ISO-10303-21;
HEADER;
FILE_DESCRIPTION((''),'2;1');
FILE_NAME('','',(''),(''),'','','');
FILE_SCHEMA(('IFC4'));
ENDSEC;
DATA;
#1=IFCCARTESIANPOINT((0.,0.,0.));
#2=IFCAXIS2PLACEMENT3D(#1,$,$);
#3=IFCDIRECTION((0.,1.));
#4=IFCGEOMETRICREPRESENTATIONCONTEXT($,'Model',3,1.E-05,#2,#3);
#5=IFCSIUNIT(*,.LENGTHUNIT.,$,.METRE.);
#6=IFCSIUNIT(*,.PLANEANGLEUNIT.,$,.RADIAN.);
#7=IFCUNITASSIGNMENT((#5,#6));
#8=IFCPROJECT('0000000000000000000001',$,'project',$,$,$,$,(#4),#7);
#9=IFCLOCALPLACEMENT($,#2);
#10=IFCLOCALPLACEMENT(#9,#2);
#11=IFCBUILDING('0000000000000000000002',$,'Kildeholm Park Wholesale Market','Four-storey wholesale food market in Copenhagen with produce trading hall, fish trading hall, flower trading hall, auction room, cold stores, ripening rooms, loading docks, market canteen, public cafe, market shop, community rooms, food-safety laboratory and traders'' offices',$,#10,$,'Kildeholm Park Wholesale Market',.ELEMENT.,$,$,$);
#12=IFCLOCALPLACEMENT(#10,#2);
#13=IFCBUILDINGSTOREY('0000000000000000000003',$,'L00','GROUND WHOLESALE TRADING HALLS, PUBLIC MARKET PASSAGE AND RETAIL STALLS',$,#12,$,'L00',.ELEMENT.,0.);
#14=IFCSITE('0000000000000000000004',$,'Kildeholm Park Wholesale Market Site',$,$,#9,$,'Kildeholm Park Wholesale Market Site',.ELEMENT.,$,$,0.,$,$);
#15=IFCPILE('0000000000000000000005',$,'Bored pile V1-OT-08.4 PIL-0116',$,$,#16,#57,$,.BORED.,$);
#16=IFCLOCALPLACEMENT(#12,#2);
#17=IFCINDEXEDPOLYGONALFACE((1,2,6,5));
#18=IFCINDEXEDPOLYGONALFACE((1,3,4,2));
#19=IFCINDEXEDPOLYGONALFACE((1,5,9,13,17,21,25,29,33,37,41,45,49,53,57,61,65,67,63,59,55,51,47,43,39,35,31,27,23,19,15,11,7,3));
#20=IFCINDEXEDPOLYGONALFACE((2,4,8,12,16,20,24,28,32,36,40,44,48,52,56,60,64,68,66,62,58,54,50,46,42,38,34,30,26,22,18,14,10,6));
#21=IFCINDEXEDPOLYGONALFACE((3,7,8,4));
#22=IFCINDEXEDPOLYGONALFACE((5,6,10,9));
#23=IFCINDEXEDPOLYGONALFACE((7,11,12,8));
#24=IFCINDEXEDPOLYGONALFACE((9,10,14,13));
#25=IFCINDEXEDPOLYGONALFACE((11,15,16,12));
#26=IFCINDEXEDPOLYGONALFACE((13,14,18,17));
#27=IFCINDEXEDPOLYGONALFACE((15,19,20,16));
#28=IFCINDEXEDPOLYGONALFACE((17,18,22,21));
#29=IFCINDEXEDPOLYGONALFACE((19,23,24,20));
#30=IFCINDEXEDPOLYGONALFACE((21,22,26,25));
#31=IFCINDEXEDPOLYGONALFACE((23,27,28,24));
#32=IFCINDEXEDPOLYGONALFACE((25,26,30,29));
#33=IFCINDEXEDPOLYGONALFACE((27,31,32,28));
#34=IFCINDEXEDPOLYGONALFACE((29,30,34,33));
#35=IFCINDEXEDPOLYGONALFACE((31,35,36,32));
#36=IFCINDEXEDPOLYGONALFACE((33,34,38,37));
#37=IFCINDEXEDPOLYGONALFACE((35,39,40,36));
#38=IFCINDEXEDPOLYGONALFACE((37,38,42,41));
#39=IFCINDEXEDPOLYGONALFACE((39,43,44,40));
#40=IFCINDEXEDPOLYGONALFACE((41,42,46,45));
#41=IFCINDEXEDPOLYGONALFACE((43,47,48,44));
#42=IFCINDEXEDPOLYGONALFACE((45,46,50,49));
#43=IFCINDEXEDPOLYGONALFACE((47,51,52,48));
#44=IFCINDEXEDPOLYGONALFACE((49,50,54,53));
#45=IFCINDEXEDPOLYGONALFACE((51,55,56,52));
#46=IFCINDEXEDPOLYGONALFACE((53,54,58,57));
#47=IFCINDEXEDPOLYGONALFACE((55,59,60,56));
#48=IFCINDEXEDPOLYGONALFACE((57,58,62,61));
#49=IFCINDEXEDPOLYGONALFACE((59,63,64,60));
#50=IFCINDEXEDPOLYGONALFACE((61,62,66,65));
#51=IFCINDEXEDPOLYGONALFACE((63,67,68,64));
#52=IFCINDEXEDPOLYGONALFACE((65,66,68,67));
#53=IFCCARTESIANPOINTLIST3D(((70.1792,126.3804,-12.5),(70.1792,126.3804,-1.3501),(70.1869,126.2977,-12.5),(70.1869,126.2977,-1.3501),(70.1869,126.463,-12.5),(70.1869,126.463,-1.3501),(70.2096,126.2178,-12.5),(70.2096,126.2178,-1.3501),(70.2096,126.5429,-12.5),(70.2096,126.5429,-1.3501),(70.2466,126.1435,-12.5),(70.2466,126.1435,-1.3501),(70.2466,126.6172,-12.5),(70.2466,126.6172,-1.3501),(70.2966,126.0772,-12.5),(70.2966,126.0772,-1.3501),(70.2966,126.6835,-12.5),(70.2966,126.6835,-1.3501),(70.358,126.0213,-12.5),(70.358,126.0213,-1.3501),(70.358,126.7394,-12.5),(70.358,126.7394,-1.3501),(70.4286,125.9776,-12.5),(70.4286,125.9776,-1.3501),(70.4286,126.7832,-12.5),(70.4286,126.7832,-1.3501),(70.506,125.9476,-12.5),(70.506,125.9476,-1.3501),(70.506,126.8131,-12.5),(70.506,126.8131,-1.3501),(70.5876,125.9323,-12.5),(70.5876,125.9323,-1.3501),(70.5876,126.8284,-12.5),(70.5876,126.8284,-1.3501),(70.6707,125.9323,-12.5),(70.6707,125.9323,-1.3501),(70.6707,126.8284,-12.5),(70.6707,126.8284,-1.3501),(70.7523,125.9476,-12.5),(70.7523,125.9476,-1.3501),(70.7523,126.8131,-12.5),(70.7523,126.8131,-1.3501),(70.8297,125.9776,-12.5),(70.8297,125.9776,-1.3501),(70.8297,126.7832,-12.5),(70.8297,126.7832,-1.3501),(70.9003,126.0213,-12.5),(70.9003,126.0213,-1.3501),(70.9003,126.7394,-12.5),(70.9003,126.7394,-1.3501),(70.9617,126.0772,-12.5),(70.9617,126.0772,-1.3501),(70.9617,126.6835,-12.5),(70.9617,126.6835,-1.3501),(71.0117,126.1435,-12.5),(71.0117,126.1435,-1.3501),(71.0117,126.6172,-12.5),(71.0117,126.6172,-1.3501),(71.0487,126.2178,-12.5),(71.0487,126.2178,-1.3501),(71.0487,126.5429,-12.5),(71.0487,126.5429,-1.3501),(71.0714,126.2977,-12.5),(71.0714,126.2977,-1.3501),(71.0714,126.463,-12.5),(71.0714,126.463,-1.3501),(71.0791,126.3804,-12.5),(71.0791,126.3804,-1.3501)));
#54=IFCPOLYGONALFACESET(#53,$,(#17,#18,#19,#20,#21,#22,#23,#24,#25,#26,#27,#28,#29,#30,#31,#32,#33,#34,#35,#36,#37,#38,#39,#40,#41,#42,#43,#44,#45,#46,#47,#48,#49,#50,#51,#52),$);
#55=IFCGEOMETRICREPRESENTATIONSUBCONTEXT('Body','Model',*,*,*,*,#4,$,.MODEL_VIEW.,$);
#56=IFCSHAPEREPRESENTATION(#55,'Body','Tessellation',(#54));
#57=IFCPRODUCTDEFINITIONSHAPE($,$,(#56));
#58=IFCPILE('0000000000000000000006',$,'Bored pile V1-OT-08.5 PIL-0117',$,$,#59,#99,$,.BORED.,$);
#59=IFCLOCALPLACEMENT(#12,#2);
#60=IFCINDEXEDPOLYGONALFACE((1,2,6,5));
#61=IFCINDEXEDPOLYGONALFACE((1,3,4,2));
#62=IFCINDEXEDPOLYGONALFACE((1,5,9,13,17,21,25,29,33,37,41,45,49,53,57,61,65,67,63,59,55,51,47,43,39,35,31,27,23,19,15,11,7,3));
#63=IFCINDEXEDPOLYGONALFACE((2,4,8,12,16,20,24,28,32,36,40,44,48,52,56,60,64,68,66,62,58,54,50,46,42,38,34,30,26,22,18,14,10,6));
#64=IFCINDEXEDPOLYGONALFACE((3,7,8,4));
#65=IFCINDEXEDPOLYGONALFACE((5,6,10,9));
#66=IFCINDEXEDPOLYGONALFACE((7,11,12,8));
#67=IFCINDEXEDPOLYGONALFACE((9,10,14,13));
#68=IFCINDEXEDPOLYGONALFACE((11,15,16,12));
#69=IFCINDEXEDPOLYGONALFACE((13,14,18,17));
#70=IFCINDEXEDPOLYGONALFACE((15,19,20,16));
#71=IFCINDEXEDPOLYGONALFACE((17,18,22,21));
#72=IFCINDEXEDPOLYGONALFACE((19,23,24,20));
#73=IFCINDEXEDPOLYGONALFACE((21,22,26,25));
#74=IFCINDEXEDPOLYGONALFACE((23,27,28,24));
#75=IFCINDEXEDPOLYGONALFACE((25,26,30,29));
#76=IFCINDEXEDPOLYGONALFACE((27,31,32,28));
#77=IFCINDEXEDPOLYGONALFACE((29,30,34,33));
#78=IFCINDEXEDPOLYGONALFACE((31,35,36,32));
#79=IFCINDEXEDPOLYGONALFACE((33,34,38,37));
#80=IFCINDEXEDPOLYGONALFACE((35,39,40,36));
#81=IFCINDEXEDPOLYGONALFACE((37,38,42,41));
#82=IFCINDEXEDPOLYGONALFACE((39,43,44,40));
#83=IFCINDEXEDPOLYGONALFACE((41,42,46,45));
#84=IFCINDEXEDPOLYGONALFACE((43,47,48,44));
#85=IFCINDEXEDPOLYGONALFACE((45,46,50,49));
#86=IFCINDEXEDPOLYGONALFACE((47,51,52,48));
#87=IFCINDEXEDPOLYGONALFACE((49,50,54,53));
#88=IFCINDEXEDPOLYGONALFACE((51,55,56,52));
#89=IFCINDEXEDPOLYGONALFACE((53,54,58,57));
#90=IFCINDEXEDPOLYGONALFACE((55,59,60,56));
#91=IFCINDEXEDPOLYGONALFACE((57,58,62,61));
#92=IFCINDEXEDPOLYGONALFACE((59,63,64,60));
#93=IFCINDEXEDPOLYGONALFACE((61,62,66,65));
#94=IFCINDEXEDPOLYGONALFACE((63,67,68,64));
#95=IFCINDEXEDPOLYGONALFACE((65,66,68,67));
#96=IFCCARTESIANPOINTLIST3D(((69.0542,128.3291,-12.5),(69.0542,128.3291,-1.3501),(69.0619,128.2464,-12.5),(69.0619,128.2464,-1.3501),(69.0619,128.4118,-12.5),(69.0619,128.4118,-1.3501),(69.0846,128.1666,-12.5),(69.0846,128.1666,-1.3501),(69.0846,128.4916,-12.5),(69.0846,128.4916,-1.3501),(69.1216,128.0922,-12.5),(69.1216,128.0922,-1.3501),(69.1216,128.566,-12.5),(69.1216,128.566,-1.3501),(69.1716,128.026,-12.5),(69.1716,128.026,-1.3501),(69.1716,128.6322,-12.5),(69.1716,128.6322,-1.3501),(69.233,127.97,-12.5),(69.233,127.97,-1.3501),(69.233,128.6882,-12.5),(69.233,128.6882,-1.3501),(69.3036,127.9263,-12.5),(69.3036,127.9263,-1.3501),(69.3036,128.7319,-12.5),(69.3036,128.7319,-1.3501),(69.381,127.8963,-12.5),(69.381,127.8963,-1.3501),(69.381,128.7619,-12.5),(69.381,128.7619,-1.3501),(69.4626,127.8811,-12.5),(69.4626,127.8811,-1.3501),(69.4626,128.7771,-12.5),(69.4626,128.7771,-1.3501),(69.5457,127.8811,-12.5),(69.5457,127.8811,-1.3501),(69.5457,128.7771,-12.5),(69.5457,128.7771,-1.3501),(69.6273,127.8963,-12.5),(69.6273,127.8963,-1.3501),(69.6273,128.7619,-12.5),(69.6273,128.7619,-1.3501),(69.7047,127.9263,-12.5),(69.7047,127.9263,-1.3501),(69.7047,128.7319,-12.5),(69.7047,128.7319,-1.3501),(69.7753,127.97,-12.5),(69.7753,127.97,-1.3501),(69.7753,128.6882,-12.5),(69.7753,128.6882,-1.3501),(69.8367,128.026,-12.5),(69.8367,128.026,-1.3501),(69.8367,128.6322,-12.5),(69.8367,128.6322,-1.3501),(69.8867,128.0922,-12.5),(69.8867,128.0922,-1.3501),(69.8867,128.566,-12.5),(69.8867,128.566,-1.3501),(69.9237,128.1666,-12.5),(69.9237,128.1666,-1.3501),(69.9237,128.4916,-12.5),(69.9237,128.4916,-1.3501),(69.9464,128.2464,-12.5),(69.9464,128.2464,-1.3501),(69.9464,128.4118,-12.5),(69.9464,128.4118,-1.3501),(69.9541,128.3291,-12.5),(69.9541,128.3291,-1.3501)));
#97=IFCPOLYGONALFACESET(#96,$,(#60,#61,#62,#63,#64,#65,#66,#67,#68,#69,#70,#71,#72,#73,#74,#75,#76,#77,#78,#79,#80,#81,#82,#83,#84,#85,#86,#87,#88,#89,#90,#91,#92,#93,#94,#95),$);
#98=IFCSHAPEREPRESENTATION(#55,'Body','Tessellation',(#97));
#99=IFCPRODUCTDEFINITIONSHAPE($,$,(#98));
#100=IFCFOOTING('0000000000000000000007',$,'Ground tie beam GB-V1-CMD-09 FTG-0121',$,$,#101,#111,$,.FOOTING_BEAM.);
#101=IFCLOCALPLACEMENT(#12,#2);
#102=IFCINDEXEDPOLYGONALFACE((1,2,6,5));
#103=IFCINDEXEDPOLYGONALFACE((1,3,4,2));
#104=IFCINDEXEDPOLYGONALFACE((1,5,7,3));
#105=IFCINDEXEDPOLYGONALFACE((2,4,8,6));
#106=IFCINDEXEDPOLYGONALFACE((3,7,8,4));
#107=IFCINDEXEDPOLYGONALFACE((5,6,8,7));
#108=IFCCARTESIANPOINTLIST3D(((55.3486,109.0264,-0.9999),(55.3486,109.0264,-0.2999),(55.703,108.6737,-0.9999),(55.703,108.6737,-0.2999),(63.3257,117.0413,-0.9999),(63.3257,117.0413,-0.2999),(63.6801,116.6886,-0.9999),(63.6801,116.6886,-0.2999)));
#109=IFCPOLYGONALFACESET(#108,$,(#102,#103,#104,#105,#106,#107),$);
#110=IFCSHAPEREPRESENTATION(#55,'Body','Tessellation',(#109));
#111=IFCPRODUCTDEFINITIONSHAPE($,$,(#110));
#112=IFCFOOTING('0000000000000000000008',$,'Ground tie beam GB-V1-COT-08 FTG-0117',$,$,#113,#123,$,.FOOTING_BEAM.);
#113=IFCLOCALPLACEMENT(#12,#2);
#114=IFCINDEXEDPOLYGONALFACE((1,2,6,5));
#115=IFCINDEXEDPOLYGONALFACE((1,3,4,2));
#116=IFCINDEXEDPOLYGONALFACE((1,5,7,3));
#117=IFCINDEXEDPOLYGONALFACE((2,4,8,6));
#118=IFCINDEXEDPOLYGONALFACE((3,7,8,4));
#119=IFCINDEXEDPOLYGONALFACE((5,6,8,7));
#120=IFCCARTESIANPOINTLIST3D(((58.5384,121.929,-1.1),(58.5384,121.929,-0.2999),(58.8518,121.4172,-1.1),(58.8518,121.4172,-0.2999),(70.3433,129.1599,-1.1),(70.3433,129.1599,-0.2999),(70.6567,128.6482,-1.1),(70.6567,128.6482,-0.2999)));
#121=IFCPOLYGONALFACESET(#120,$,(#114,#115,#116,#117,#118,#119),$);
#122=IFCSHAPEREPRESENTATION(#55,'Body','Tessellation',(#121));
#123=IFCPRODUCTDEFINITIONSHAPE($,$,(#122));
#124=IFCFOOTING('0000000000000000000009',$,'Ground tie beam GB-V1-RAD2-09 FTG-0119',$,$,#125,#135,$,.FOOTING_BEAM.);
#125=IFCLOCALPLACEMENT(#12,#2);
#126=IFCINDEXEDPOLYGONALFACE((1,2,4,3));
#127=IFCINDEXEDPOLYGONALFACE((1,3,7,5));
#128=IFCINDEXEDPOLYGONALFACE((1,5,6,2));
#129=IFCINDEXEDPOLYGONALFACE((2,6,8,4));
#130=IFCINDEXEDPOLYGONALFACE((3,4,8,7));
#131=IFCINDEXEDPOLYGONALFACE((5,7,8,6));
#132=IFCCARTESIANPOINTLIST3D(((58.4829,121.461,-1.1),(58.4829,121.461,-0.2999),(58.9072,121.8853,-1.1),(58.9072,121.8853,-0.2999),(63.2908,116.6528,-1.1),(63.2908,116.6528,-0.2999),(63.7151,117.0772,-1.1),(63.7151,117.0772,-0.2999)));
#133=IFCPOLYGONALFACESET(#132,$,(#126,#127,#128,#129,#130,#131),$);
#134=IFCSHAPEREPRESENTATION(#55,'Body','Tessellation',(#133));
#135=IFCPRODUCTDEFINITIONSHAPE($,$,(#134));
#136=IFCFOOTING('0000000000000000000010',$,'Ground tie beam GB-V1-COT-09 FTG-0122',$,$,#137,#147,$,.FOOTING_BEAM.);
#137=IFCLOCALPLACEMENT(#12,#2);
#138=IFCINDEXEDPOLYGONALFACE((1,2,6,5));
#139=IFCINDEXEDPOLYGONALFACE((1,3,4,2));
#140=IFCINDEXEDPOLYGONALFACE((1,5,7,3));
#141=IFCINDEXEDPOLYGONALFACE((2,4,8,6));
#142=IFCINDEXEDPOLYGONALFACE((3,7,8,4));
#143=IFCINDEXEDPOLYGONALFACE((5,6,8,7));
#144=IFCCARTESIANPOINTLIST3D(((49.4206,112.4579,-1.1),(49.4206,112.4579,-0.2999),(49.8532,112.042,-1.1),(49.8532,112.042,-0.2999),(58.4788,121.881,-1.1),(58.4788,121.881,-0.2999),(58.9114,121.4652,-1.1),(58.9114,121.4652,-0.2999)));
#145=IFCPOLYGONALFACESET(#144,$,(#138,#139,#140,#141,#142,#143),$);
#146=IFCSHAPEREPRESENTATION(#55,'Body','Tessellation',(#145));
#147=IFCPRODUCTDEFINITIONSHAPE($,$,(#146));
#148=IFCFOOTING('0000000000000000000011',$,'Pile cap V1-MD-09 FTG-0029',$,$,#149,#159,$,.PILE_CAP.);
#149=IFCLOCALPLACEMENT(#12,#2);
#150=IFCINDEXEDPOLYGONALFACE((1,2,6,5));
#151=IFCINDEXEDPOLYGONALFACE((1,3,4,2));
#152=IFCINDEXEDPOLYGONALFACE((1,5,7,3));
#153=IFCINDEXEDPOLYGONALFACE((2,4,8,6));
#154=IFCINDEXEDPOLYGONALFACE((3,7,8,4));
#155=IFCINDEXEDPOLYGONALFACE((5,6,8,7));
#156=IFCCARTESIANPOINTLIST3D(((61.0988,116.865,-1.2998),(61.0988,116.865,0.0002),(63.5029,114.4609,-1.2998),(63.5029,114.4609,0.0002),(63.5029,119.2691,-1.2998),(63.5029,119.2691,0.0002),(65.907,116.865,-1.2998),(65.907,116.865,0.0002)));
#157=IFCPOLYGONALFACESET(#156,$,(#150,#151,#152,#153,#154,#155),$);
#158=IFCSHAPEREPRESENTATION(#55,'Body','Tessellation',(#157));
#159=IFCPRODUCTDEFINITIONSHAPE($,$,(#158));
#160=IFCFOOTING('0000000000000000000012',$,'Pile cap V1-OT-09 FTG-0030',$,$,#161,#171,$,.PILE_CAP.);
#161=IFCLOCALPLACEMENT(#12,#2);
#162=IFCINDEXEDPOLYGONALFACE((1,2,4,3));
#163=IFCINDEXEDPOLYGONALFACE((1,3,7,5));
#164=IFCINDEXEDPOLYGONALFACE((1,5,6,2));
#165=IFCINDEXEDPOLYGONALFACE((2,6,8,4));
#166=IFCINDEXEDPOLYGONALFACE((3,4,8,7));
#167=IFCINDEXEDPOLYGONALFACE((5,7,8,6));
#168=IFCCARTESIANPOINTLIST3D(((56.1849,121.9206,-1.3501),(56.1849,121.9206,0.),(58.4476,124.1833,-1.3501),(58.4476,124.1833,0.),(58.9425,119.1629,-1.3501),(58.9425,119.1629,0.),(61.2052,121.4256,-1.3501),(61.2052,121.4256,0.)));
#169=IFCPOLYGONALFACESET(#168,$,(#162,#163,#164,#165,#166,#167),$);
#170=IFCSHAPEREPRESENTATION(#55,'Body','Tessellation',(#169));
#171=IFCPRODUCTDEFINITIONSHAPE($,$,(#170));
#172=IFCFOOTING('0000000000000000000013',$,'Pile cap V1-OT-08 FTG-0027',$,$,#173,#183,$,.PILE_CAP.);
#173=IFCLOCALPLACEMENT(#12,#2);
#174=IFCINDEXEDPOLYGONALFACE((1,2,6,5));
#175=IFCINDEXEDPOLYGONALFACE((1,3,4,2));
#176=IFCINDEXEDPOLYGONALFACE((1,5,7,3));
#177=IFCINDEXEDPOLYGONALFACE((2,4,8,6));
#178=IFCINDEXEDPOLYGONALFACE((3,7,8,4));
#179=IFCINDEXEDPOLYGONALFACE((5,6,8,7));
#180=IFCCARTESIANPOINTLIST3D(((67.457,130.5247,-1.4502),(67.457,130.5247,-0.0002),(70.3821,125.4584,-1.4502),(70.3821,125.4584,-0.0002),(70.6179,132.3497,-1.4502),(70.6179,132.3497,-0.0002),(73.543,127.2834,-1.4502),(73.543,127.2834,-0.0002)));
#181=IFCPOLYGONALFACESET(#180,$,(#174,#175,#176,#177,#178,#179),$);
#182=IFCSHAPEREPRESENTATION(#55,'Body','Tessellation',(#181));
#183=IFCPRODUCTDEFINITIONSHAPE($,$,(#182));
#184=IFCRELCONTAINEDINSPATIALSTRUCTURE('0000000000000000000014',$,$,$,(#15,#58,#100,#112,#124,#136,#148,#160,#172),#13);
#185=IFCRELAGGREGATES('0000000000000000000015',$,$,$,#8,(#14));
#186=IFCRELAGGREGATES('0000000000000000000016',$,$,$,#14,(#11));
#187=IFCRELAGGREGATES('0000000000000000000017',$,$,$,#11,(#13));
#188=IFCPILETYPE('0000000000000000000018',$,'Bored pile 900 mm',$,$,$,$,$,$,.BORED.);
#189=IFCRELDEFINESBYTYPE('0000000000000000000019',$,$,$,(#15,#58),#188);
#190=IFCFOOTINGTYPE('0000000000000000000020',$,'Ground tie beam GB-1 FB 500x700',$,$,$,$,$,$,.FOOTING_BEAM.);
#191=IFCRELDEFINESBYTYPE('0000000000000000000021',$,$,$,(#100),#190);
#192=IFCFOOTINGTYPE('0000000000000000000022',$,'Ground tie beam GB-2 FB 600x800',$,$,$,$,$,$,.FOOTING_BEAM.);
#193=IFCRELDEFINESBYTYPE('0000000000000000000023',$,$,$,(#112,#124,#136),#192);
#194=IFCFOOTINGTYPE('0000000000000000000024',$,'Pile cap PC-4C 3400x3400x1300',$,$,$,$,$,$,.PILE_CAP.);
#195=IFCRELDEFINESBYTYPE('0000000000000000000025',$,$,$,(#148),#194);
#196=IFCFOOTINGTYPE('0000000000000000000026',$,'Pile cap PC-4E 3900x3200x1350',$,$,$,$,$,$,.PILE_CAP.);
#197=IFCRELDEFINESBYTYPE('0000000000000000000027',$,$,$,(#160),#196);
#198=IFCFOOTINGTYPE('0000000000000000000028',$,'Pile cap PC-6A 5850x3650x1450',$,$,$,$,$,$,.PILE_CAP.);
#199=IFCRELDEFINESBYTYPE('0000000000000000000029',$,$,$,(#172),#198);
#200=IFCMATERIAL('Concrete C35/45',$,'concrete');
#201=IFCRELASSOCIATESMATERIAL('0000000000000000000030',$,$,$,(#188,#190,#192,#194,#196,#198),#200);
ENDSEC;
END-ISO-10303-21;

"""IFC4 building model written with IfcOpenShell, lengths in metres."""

from ifc_helpers import new_model, si_unit, direction, frame, origin, origin_2d, place, context, subcontext, project, spatial, rectangle, circle, extrude, material, material_profile, profile_set, type_object, element, save


model = new_model("IFC4")

# Units and contexts
model_context = context("Model", 3, precision=1e-05, world=origin(), true_north=direction((0.0, 1.0)))
body_context = subcontext(model_context, "Body", "Model", "MODEL_VIEW")
ifc_project = project(units=[si_unit("LENGTHUNIT", "METRE"), si_unit("PLANEANGLEUNIT", "RADIAN")], contexts=[model_context])

# Site, building, storey
site_placement = place(None, origin())
site = spatial("IfcSite", under=ifc_project, at=site_placement, Name="Kildeholm Park Wholesale Market Site", LongName="Kildeholm Park Wholesale Market Site", CompositionType="ELEMENT", RefElevation=0.0)
building_placement = place(site_placement, origin())
building = spatial("IfcBuilding", under=site, at=building_placement, Name="Kildeholm Park Wholesale Market", Description="Four-storey wholesale food market in Copenhagen with produce trading hall, fish trading hall, flower trading hall, auction room, cold stores, ripening rooms, loading docks, market canteen, public cafe, market shop, community rooms, food-safety laboratory and traders' offices", LongName="Kildeholm Park Wholesale Market", CompositionType="ELEMENT")
storey_placement = place(building_placement, origin())
storey = spatial("IfcBuildingStorey", under=building, at=storey_placement, Name="L00", Description="GROUND WHOLESALE TRADING HALLS, PUBLIC MARKET PASSAGE AND RETAIL STALLS", LongName="L00", CompositionType="ELEMENT", Elevation=0.0)

# Piles
ifc_material_1 = material(Name="Concrete C35/45", Category="concrete")
ifc_material_profile_1 = material_profile(ifc_material_1, circle(Radius=0.45, at=origin_2d()), Name="PILE D900")
ifc_profile_set_1 = profile_set([ifc_material_profile_1], Name="Concrete C35/45")
pile_type_1 = type_object("IfcPileType", Name="Bored pile 900 mm", PredefinedType="BORED", material=ifc_profile_set_1)
for number, where, z_axis, x_axis, name in (
    (1, (70.6292, 126.3804, -1.3501), (0.0, 0.0, -1.0), (1.0, 0.0, 0.0), "Bored pile V1-OT-08.4 PIL-0116"),
    (2, (69.5042, 128.3291, -1.3501), (0.0, 0.0, -1.0), (1.0, 0.0, 0.0), "Bored pile V1-OT-08.5 PIL-0117"),
):
    element("IfcPile", number, at=place(storey_placement, frame(where, z_axis=z_axis, x_axis=x_axis)), inside=storey, type_object=pile_type_1, Name=name, PredefinedType="BORED", context=body_context, shape_type="SweptSolid", body=[
        extrude(circle(Radius=0.45, at=origin_2d()), origin(), (0.0, 0.0, 1.0), 11.1499),
    ])

# Footings
ifc_material_profile_2 = material_profile(ifc_material_1, rectangle(XDim=0.5, YDim=0.7, at=origin_2d()), Name="FB 500x700")
ifc_profile_set_2 = profile_set([ifc_material_profile_2], Name="Concrete C35/45")
footing_type_1 = type_object("IfcFootingType", Name="Ground tie beam GB-1 FB 500x700", PredefinedType="FOOTING_BEAM", material=ifc_profile_set_2)
footing_1_placement = place(storey_placement, frame((63.5029, 116.865, -0.6499), z_axis=(-0.705432, -0.708778, 0.0), x_axis=(0.708778, -0.705432, 0.0)))
element("IfcFooting", 3, at=footing_1_placement, inside=storey, type_object=footing_type_1, Name="Ground tie beam GB-V1-CMD-09 FTG-0121", PredefinedType="FOOTING_BEAM", context=body_context, shape_type="SweptSolid", body=[
    extrude(rectangle(XDim=0.5, YDim=0.7, at=origin_2d()), origin(), (0.0, 0.0, 1.0), 11.3081),
])
ifc_material_profile_3 = material_profile(ifc_material_1, rectangle(XDim=0.6001, YDim=0.8, at=origin_2d()), Name="FB 600x800")
ifc_profile_set_3 = profile_set([ifc_material_profile_3], Name="Concrete C35/45")
footing_type_2 = type_object("IfcFootingType", Name="Ground tie beam GB-2 FB 600x800", PredefinedType="FOOTING_BEAM", material=ifc_profile_set_3)
footing_2_placement = place(storey_placement, frame((70.5, 128.9041, -0.7), z_axis=(-0.85274, -0.522335, 0.0), x_axis=(0.522335, -0.85274, 0.0)))
element("IfcFooting", 4, at=footing_2_placement, inside=storey, type_object=footing_type_2, Name="Ground tie beam GB-V1-COT-08 FTG-0117", PredefinedType="FOOTING_BEAM", context=body_context, shape_type="SweptSolid", body=[
    extrude(rectangle(XDim=0.6001, YDim=0.8, at=origin_2d()), origin(), (0.0, 0.0, 1.0), 13.8435),
])
footing_3_placement = place(storey_placement, frame((63.5029, 116.865, -0.7), z_axis=(-0.707089, 0.707125, 0.0), x_axis=(-0.707125, -0.707089, 0.0)))
element("IfcFooting", 5, at=footing_3_placement, inside=storey, type_object=footing_type_2, Name="Ground tie beam GB-V1-RAD2-09 FTG-0119", PredefinedType="FOOTING_BEAM", context=body_context, shape_type="SweptSolid", body=[
    extrude(rectangle(XDim=0.6001, YDim=0.8, at=origin_2d()), origin(), (0.0, 0.0, 1.0), 6.7996),
])
footing_4_placement = place(storey_placement, frame((58.6951, 121.6731, -0.7), z_axis=(-0.693007, -0.720931, 0.0), x_axis=(0.720931, -0.693007, 0.0)))
element("IfcFooting", 6, at=footing_4_placement, inside=storey, type_object=footing_type_2, Name="Ground tie beam GB-V1-COT-09 FTG-0122", PredefinedType="FOOTING_BEAM", context=body_context, shape_type="SweptSolid", body=[
    extrude(rectangle(XDim=0.6001, YDim=0.8, at=origin_2d()), origin(), (0.0, 0.0, 1.0), 13.0708),
])
footing_type_3 = type_object("IfcFootingType", Name="Pile cap PC-4C 3400x3400x1300", PredefinedType="PILE_CAP", material=ifc_material_1)
footing_5_placement = place(storey_placement, frame((63.5029, 116.865, -1.2998), z_axis=(0.0, 0.0, 1.0), x_axis=(-0.707107, 0.707107, 0.0)))
element("IfcFooting", 7, at=footing_5_placement, inside=storey, type_object=footing_type_3, Name="Pile cap V1-MD-09 FTG-0029", PredefinedType="PILE_CAP", context=body_context, shape_type="SweptSolid", body=[
    extrude(rectangle(XDim=3.3999, YDim=3.3999, at=origin_2d()), origin(), (0.0, 0.0, 1.0), 1.3),
])
footing_type_4 = type_object("IfcFootingType", Name="Pile cap PC-4E 3900x3200x1350", PredefinedType="PILE_CAP", material=ifc_material_1)
footing_6_placement = place(storey_placement, frame((58.6951, 121.6731, -1.3501), z_axis=(0.0, 0.0, 1.0), x_axis=(-0.707107, 0.707107, 0.0)))
element("IfcFooting", 8, at=footing_6_placement, inside=storey, type_object=footing_type_4, Name="Pile cap V1-OT-09 FTG-0030", PredefinedType="PILE_CAP", context=body_context, shape_type="SweptSolid", body=[
    extrude(rectangle(XDim=3.8999, YDim=3.2, at=origin_2d()), origin(), (0.0, 0.0, 1.0), 1.3501),
])
footing_type_5 = type_object("IfcFootingType", Name="Pile cap PC-6A 5850x3650x1450", PredefinedType="PILE_CAP", material=ifc_material_1)
footing_7_placement = place(storey_placement, frame((70.5, 128.9041, -1.4502), z_axis=(0.0, 0.0, 1.0), x_axis=(-0.5, 0.866025, 0.0)))
element("IfcFooting", 9, at=footing_7_placement, inside=storey, type_object=footing_type_5, Name="Pile cap V1-OT-08 FTG-0027", PredefinedType="PILE_CAP", context=body_context, shape_type="SweptSolid", body=[
    extrude(rectangle(XDim=5.8501, YDim=3.6499, at=origin_2d()), origin(), (0.0, 0.0, 1.0), 1.45),
])

save(model, "model.ifc")
